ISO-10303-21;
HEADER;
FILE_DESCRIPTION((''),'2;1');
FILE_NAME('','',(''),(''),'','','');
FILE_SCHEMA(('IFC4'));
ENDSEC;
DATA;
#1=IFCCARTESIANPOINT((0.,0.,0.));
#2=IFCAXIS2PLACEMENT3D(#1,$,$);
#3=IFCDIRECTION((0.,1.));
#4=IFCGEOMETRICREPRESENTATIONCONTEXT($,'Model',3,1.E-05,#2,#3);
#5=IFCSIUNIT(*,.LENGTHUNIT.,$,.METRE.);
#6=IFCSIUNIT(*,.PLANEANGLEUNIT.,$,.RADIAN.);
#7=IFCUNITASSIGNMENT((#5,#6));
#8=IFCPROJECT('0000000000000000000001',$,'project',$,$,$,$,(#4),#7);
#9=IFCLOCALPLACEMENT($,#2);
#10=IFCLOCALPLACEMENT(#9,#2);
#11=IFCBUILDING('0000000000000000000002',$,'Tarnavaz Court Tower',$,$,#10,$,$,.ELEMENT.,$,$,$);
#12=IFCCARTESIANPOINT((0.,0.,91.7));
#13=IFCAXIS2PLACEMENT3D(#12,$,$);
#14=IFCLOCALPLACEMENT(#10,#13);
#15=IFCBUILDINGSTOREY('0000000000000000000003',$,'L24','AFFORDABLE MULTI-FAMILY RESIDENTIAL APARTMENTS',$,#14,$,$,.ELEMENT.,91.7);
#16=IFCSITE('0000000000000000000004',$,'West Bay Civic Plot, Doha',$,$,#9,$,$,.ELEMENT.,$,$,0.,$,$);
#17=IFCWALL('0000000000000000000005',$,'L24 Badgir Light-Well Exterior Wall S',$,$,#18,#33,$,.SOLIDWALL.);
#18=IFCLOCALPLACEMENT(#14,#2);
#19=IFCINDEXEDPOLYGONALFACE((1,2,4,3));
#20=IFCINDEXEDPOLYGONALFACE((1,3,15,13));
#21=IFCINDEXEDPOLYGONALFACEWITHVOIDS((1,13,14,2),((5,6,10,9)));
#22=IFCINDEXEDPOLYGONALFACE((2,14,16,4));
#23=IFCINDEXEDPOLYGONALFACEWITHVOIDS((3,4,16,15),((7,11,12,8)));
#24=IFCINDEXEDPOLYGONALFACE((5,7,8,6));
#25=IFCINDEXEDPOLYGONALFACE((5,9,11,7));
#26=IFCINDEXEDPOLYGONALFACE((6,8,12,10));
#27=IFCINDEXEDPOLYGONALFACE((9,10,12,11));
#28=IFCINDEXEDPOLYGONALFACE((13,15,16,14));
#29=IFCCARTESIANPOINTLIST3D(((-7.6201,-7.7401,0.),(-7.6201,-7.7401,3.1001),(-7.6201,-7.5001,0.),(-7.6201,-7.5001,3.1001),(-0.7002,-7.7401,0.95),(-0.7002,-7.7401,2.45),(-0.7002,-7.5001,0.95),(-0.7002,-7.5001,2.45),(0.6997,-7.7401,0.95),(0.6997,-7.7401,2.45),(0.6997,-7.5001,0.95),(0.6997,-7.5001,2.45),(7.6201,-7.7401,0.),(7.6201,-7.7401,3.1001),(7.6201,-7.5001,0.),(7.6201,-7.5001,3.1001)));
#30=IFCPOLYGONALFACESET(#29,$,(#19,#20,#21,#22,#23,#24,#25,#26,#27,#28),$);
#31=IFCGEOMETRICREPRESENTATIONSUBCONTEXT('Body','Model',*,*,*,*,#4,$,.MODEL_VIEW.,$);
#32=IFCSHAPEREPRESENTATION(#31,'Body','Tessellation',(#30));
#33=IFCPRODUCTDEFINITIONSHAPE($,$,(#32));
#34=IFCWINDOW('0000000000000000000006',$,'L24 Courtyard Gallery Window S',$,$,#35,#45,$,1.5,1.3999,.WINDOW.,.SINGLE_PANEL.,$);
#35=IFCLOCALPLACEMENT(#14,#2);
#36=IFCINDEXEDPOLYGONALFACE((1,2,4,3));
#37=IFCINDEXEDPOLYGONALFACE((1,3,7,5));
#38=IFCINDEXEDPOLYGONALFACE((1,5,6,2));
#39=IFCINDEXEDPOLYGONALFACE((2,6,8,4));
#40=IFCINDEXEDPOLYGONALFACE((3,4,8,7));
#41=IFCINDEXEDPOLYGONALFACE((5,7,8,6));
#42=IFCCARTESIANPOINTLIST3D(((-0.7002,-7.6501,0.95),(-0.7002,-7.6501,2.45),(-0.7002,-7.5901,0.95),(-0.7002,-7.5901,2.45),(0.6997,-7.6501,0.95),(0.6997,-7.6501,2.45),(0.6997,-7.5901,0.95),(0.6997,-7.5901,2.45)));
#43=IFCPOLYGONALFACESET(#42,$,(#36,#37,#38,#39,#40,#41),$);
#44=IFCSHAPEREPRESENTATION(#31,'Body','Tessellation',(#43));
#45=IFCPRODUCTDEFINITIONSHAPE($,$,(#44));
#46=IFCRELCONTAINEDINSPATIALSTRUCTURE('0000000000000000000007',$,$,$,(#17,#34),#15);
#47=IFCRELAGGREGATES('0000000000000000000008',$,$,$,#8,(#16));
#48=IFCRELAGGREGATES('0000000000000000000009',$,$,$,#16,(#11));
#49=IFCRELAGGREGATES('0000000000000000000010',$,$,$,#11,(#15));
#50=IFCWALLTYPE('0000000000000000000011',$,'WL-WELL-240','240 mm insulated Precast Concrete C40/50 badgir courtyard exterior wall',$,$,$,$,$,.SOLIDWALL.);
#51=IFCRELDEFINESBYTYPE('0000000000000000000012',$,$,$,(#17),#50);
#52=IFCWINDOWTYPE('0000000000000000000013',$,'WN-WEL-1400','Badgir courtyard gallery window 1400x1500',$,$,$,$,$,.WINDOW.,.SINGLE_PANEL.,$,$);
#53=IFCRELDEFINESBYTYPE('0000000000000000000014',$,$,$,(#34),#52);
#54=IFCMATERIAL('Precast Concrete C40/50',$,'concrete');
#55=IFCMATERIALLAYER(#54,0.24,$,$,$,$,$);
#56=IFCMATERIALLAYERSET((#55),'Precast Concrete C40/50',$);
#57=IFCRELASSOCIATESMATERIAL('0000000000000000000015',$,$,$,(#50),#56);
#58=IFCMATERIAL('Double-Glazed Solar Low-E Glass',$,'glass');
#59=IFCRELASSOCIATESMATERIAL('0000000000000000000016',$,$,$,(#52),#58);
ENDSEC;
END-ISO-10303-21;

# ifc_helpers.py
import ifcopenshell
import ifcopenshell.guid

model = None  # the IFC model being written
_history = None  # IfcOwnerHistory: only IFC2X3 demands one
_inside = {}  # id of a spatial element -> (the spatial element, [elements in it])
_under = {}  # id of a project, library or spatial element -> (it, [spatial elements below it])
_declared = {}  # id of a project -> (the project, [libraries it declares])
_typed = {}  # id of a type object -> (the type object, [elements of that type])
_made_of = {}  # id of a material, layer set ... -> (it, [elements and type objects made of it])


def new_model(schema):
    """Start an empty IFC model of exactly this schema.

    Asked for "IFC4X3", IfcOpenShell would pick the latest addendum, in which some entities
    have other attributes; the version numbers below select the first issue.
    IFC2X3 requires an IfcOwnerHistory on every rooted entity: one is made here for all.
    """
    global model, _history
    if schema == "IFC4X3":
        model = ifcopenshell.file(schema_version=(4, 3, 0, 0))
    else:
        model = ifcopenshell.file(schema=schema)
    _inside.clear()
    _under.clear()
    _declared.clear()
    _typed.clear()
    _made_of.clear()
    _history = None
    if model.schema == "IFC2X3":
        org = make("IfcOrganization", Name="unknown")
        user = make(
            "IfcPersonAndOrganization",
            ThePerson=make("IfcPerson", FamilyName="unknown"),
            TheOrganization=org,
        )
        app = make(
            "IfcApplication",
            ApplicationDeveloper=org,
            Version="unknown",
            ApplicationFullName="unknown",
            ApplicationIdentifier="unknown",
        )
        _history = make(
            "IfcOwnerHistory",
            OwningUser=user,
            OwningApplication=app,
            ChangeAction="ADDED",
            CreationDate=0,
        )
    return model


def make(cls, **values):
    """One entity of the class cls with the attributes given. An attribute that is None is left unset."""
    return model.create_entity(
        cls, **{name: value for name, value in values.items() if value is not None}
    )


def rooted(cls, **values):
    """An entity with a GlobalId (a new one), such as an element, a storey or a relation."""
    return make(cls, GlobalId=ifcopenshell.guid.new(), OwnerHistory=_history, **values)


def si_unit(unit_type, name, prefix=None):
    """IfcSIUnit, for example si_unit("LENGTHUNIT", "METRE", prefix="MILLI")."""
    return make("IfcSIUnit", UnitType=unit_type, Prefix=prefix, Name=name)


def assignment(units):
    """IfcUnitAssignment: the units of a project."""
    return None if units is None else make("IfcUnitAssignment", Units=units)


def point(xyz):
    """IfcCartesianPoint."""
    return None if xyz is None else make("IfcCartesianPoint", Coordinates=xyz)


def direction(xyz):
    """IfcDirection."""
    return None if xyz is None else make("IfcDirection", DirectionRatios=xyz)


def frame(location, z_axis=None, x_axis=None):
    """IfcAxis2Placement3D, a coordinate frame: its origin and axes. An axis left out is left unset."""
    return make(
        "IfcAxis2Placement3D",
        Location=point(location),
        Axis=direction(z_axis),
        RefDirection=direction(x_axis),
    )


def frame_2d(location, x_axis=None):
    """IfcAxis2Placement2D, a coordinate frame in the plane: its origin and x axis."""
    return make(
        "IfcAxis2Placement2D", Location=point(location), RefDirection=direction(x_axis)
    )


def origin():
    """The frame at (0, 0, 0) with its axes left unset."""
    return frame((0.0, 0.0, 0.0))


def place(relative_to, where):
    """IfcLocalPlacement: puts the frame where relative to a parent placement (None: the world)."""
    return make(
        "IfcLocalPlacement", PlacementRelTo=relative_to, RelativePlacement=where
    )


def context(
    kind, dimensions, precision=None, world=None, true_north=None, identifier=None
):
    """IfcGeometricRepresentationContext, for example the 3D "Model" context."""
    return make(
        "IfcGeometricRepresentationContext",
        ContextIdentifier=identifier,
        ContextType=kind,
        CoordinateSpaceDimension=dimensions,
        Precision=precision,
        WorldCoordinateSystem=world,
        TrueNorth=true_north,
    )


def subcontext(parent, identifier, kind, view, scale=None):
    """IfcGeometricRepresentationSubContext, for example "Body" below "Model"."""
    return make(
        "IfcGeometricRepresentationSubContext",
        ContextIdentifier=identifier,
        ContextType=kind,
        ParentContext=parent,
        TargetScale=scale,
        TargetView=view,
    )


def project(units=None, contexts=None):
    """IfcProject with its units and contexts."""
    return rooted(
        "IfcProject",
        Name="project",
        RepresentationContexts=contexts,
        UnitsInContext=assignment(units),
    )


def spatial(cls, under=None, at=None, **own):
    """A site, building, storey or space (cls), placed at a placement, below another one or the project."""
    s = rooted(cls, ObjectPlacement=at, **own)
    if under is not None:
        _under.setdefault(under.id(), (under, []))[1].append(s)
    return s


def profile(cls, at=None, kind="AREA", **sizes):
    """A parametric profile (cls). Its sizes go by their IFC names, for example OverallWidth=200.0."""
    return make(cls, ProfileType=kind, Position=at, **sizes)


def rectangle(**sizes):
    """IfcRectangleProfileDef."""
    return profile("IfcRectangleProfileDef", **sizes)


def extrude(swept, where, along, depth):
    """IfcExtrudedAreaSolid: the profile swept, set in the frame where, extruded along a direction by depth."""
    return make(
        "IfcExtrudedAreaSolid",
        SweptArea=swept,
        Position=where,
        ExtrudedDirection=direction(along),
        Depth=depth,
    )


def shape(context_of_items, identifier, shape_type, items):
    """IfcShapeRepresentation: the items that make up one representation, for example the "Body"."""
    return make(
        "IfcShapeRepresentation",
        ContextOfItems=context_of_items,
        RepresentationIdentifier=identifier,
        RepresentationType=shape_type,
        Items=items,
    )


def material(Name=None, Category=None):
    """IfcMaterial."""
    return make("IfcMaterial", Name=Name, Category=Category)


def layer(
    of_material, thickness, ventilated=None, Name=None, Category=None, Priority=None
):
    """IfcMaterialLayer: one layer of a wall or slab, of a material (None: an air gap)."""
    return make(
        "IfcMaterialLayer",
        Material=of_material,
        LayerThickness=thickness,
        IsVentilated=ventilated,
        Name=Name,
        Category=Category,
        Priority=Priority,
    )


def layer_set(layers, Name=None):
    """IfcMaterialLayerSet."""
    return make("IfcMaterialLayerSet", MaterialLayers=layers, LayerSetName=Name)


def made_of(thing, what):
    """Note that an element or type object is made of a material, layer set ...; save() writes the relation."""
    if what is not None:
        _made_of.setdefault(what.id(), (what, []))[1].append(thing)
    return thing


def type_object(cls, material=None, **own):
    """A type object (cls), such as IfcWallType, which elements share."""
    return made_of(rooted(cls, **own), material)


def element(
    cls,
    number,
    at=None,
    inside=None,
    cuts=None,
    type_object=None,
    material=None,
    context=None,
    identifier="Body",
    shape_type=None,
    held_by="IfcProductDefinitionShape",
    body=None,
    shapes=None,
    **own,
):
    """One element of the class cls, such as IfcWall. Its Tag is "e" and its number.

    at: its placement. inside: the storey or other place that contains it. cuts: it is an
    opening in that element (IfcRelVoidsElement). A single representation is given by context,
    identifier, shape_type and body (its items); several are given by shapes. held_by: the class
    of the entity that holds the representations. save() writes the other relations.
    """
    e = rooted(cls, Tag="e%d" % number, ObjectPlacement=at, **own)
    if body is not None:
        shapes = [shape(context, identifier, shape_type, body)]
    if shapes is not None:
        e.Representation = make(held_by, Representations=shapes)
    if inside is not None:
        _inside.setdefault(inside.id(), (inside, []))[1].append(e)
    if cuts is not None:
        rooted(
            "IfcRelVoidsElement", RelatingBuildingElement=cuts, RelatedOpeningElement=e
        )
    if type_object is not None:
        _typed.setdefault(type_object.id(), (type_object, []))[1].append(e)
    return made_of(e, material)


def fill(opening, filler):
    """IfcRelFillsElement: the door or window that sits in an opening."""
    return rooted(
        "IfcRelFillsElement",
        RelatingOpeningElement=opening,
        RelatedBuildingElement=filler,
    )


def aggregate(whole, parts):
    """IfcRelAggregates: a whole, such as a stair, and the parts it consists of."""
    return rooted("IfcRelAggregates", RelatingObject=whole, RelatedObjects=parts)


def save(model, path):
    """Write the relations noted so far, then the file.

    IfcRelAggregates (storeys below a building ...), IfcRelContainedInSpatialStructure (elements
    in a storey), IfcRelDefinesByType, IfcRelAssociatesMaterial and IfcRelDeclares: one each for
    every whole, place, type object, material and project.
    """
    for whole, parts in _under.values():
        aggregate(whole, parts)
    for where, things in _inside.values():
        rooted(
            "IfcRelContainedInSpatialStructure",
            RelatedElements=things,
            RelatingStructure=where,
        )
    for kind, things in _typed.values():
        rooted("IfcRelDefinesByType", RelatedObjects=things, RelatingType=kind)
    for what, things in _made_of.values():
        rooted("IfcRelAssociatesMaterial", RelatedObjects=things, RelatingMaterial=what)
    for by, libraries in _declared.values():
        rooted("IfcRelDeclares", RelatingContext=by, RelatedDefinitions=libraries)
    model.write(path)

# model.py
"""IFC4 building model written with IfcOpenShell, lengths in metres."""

from ifc_helpers import new_model, si_unit, direction, frame, frame_2d, origin, place, context, subcontext, project, spatial, rectangle, extrude, material, layer, layer_set, type_object, element, fill, save


model = new_model("IFC4")

# Units and contexts
model_context = context("Model", 3, precision=1e-05, world=origin(), true_north=direction((0.0, 1.0)))
body_context = subcontext(model_context, "Body", "Model", "MODEL_VIEW")
ifc_project = project(units=[si_unit("LENGTHUNIT", "METRE"), si_unit("PLANEANGLEUNIT", "RADIAN")], contexts=[model_context])

# Site, building, storey
site_placement = place(None, origin())
site = spatial("IfcSite", under=ifc_project, at=site_placement, Name="West Bay Civic Plot, Doha", CompositionType="ELEMENT", RefElevation=0.0)
building_placement = place(site_placement, origin())
building = spatial("IfcBuilding", under=site, at=building_placement, Name="Tarnavaz Court Tower", CompositionType="ELEMENT")
storey_placement = place(building_placement, frame((0.0, 0.0, 91.7)))
storey = spatial("IfcBuildingStorey", under=building, at=storey_placement, Name="L24", Description="AFFORDABLE MULTI-FAMILY RESIDENTIAL APARTMENTS", CompositionType="ELEMENT", Elevation=91.7)

# Wall, opening, window
ifc_material_1 = material(Name="Precast Concrete C40/50", Category="concrete")
ifc_layer_1 = layer(ifc_material_1, 0.24)
ifc_layer_set_1 = layer_set([ifc_layer_1], Name="Precast Concrete C40/50")
wall_type_1 = type_object("IfcWallType", Name="WL-WELL-240", Description="240 mm insulated Precast Concrete C40/50 badgir courtyard exterior wall", PredefinedType="SOLIDWALL", material=ifc_layer_set_1)
wall_1_placement = place(storey_placement, frame((-7.6201, -7.6201, 0.0), z_axis=(0.0, 0.0, 1.0), x_axis=(1.0, 0.0, 0.0)))
wall_1 = element("IfcWall", 1, at=wall_1_placement, inside=storey, type_object=wall_type_1, Name="L24 Badgir Light-Well Exterior Wall S", PredefinedType="SOLIDWALL", context=body_context, shape_type="SweptSolid", body=[
    extrude(rectangle(XDim=15.2402, YDim=0.24, at=frame_2d((7.6201, 0.0))), origin(), (0.0, 0.0, 1.0), 3.1001),
])
opening_1_placement = place(wall_1_placement, frame((6.9199, 0.0, 0.95)))
opening_1 = element("IfcOpeningElement", 2, at=opening_1_placement, cuts=wall_1, PredefinedType="OPENING", context=body_context, shape_type="SweptSolid", body=[
    extrude(rectangle(XDim=1.3999, YDim=1.5, at=frame_2d((0.7, 0.75))), frame((0.0, 0.1299, 0.0), z_axis=(0.0, -1.0, 0.0), x_axis=(1.0, 0.0, 0.0)), (0.0, 0.0, 1.0), 0.26),
])
ifc_material_2 = material(Name="Double-Glazed Solar Low-E Glass", Category="glass")
window_type = type_object("IfcWindowType", Name="WN-WEL-1400", Description="Badgir courtyard gallery window 1400x1500", PartitioningType="SINGLE_PANEL", PredefinedType="WINDOW", material=ifc_material_2)
window_placement = place(opening_1_placement, origin())
window = element("IfcWindow", 3, at=window_placement, inside=storey, type_object=window_type, Name="L24 Courtyard Gallery Window S", OverallHeight=1.5, OverallWidth=1.3999, PartitioningType="SINGLE_PANEL", PredefinedType="WINDOW", context=body_context, shape_type="SweptSolid", body=[
    extrude(rectangle(XDim=1.3999, YDim=1.5, at=frame_2d((0.7, 0.75))), frame((0.0, 0.03, 0.0), z_axis=(0.0, -1.0, 0.0), x_axis=(1.0, 0.0, 0.0)), (0.0, 0.0, 1.0), 0.0601),
])
fill(opening_1, window)

save(model, "model.ifc")
